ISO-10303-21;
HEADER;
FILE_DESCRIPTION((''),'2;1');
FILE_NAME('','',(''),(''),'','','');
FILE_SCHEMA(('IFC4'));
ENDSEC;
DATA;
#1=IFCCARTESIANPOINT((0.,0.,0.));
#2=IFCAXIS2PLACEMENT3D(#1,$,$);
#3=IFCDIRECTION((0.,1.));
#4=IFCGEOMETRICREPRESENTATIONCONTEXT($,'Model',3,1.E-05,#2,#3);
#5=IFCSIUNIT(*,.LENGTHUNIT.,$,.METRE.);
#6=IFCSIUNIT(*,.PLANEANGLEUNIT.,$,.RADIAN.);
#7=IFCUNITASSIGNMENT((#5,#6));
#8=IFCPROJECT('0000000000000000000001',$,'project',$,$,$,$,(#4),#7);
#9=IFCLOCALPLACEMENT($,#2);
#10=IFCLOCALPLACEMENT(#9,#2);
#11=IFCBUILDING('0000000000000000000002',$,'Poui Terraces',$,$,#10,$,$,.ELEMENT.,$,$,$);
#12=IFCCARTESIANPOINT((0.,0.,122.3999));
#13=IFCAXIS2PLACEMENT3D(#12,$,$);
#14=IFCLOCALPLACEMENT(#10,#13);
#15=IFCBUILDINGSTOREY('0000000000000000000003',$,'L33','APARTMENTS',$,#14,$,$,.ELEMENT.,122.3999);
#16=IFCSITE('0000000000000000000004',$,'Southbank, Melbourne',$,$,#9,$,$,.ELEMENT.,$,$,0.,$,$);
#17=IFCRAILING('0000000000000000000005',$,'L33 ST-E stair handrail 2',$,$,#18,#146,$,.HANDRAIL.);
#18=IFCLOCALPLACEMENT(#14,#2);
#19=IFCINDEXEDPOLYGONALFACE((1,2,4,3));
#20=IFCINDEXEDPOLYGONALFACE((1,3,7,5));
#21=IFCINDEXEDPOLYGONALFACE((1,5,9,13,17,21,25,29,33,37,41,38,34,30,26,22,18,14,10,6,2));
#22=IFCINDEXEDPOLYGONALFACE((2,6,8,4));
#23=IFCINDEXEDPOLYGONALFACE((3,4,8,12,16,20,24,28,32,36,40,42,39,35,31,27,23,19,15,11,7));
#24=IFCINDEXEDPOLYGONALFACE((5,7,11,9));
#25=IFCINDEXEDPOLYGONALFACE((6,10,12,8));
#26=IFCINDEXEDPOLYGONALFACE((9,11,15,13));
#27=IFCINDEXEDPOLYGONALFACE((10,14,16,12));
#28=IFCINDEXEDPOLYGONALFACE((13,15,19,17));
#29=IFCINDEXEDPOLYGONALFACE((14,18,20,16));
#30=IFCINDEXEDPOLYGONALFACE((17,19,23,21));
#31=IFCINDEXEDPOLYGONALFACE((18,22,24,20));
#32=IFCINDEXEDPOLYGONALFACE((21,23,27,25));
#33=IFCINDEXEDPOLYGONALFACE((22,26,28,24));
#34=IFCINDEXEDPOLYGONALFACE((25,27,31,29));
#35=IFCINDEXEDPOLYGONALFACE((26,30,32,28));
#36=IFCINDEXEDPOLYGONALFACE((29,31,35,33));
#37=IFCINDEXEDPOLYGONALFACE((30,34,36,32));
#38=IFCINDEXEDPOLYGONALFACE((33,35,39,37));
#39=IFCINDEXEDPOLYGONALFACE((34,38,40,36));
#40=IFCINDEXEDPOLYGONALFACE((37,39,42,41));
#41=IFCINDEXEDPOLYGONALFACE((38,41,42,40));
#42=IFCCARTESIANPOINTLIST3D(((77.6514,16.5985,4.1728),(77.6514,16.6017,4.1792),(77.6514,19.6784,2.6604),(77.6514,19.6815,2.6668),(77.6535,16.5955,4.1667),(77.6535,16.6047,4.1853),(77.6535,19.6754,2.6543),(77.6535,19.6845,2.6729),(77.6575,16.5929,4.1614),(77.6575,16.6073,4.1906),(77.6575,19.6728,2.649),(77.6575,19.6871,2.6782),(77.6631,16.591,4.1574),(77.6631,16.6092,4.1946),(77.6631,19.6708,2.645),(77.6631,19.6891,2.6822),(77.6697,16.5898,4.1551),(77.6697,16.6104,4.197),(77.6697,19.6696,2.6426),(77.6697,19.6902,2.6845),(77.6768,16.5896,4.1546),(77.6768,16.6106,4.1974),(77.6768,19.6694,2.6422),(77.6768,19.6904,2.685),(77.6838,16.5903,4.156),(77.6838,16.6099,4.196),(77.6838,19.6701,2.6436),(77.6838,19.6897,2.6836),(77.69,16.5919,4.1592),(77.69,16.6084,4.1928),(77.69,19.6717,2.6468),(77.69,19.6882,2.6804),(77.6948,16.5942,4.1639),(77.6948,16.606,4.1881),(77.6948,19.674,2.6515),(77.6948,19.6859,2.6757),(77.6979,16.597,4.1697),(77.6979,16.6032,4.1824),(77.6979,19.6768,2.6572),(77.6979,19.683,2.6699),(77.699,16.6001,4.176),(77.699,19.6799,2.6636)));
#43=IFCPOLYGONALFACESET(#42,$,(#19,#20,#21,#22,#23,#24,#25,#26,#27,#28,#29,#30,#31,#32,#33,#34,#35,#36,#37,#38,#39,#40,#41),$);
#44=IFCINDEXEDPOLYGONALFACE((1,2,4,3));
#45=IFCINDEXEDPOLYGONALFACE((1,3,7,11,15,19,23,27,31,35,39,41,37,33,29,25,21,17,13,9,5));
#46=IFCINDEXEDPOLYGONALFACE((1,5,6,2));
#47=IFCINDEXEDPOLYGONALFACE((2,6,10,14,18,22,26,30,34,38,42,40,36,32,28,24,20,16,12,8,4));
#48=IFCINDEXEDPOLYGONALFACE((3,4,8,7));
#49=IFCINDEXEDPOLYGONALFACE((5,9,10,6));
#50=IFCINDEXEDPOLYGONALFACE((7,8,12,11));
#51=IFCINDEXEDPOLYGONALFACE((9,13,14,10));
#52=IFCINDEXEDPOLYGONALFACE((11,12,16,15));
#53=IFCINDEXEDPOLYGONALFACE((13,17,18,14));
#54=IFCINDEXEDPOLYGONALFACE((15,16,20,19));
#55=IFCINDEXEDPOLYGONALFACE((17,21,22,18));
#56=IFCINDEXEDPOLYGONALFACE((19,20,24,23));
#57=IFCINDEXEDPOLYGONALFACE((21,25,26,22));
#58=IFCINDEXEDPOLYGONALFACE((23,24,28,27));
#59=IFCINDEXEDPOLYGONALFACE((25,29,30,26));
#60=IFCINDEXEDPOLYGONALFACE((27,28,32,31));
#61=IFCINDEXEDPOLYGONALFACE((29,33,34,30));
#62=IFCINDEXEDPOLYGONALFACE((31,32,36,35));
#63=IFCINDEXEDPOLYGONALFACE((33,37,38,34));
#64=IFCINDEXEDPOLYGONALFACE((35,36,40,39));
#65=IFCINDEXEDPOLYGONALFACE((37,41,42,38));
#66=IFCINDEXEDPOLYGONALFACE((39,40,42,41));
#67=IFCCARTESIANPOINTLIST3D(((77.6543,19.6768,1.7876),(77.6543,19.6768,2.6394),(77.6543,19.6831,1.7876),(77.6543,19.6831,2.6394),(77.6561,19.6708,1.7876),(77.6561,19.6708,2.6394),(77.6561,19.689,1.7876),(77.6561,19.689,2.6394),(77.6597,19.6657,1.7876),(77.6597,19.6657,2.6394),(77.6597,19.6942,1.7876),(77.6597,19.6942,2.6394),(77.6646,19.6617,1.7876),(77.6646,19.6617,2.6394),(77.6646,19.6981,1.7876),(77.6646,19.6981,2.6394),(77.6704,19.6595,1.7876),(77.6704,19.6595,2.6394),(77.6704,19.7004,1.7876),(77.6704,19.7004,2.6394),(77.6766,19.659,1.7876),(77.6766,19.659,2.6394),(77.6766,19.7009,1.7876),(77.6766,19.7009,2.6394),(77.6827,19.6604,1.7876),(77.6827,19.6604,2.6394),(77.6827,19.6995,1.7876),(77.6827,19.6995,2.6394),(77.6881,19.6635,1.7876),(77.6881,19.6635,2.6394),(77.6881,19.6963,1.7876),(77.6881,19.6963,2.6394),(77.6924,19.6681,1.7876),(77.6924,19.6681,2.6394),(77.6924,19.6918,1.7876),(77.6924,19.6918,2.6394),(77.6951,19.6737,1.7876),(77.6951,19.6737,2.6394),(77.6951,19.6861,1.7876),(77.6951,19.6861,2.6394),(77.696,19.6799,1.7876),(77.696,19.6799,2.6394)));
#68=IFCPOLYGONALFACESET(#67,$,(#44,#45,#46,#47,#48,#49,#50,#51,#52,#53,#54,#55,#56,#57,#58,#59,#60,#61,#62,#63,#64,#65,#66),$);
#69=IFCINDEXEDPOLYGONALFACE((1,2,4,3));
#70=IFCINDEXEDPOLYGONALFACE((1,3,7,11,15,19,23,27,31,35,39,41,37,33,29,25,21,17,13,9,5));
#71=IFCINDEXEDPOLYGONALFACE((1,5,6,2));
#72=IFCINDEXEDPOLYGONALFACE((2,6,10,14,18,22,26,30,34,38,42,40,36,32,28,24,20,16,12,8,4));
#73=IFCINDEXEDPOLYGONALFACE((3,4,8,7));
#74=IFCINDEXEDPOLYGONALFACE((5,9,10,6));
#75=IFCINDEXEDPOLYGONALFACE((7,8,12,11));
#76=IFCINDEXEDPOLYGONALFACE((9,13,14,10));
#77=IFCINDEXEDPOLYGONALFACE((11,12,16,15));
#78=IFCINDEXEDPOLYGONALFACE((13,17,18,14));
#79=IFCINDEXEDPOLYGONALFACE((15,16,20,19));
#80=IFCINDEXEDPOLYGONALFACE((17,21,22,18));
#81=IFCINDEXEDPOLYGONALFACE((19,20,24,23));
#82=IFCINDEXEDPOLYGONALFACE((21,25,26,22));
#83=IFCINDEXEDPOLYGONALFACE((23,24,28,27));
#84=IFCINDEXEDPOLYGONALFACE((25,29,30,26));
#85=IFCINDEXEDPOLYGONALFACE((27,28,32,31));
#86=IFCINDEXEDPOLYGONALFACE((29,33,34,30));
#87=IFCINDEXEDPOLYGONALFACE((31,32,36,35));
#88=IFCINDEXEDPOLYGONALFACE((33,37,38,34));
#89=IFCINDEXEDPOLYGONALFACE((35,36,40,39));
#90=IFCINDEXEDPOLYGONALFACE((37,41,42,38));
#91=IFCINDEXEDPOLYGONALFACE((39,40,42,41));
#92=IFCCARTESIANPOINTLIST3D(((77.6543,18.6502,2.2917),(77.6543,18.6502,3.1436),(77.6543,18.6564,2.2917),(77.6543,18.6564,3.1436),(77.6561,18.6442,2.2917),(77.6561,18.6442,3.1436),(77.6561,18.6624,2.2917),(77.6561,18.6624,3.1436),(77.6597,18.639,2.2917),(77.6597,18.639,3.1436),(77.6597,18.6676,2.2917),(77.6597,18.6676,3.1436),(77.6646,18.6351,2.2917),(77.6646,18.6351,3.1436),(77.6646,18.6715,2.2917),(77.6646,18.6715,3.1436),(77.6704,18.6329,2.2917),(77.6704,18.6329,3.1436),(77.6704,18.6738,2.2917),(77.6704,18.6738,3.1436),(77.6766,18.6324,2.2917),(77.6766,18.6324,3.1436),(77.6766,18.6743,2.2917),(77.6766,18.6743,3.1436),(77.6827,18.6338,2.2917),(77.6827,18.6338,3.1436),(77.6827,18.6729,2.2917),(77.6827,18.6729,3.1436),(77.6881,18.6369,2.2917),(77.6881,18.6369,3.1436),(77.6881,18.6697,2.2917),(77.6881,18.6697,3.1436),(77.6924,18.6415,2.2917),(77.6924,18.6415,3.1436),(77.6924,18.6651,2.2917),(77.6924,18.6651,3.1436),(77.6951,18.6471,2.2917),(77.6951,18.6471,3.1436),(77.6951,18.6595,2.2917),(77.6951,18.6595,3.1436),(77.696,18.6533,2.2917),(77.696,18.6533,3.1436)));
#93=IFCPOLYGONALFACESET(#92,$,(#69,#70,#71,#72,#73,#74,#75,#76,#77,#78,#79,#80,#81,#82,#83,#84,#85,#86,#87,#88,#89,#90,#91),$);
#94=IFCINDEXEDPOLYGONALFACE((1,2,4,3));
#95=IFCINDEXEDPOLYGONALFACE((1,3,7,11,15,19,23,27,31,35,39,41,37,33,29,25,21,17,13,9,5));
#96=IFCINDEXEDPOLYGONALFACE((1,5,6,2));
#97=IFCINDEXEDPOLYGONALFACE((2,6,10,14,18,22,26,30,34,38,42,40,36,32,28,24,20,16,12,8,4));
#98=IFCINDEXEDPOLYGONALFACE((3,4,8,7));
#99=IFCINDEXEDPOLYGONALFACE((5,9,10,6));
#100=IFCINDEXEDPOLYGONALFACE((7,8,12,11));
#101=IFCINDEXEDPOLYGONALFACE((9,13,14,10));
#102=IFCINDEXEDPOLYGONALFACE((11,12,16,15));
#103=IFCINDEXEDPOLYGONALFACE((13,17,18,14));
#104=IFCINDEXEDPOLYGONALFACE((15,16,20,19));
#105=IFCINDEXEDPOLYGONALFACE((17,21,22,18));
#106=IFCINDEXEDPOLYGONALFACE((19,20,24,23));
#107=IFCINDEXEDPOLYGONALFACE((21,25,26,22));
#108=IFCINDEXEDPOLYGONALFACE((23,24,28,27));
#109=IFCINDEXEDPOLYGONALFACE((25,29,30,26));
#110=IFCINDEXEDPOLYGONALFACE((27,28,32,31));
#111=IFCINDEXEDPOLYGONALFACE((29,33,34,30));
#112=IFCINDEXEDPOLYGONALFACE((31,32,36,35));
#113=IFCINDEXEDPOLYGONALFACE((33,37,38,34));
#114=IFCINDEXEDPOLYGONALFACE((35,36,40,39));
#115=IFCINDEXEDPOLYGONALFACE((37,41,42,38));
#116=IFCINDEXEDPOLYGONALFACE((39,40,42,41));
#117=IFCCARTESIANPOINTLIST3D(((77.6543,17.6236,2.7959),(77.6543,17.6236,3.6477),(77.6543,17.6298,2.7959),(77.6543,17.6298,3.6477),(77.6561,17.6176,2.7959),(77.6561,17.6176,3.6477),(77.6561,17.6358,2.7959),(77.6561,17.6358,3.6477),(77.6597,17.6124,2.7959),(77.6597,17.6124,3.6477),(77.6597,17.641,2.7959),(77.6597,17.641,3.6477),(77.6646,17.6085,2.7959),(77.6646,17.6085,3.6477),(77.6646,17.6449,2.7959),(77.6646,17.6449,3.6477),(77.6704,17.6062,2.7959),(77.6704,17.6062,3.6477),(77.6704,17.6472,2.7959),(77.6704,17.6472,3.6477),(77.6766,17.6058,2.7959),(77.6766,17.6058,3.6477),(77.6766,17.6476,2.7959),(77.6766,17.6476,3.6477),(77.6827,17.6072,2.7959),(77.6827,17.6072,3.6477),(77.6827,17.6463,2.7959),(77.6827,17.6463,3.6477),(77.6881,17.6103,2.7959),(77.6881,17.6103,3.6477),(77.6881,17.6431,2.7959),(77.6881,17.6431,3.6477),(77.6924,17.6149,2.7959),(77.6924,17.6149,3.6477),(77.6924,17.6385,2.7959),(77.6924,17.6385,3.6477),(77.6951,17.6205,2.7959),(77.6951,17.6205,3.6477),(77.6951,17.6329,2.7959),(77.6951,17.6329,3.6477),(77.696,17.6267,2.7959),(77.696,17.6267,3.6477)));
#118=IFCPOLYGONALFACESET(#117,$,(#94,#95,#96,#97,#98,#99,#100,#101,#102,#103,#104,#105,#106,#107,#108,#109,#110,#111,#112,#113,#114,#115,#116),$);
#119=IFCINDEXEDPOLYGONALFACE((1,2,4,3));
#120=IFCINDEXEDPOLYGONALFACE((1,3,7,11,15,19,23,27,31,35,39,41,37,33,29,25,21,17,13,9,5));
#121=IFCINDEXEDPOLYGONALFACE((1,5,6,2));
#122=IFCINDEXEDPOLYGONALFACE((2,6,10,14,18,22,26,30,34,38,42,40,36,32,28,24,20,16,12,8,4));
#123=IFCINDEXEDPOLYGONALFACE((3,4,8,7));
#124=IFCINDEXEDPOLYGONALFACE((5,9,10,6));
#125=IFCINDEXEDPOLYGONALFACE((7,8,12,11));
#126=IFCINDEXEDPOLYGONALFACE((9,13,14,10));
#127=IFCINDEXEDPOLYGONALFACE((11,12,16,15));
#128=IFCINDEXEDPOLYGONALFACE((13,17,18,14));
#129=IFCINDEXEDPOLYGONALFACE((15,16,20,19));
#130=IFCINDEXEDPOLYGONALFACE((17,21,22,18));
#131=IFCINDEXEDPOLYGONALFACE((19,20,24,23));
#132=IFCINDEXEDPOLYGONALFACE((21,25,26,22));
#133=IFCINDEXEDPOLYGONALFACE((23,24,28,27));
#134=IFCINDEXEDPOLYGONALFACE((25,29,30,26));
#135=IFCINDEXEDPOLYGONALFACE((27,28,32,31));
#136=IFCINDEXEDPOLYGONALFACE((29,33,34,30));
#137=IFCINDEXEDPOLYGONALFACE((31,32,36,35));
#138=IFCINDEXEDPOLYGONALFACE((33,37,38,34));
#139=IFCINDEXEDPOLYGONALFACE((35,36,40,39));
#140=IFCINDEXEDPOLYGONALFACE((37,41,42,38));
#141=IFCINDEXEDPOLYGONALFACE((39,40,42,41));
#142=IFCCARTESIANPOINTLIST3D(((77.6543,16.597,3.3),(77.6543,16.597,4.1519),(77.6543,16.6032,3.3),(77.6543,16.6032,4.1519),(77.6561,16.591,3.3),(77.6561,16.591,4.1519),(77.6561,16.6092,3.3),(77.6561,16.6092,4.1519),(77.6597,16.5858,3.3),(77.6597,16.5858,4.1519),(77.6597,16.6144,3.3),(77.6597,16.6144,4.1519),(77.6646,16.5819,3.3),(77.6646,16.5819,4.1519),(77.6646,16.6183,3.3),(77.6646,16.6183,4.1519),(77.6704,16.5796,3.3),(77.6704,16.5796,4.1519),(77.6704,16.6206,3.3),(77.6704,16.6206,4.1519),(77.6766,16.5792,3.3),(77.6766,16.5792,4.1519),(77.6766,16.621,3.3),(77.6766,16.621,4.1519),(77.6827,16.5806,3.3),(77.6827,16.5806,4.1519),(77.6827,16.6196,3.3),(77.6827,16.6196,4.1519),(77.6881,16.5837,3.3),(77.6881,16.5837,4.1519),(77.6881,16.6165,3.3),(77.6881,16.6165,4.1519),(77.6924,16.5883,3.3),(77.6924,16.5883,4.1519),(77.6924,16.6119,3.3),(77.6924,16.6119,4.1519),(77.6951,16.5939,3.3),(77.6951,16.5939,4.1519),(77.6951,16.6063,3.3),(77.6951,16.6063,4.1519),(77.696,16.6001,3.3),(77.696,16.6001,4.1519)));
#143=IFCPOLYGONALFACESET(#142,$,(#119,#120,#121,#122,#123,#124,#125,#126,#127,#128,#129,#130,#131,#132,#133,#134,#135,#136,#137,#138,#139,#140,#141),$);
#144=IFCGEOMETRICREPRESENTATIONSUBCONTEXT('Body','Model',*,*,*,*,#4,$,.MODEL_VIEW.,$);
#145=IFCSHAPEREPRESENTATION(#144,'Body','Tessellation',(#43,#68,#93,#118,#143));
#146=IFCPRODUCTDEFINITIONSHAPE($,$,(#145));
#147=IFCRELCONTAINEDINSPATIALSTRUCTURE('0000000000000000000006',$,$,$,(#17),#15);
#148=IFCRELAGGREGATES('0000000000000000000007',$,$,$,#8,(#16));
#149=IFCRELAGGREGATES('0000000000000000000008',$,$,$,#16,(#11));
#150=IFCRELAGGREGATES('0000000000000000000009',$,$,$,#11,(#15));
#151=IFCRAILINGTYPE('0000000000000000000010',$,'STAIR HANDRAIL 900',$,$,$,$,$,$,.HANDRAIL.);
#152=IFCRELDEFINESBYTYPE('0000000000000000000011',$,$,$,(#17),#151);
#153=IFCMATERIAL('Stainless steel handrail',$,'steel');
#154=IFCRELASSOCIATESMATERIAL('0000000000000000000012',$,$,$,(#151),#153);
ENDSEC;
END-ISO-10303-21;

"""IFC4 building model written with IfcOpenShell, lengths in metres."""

from ifc_helpers import new_model, si_unit, direction, frame, origin, origin_2d, place, context, subcontext, project, spatial, circle, extrude, material, type_object, element, save


model = new_model("IFC4")

# Units and contexts
model_context = context("Model", 3, precision=1e-05, world=origin(), true_north=direction((0.0, 1.0)))
body_context = subcontext(model_context, "Body", "Model", "MODEL_VIEW")
ifc_project = project(units=[si_unit("LENGTHUNIT", "METRE"), si_unit("PLANEANGLEUNIT", "RADIAN")], contexts=[model_context])

# Site, building, storey
site_placement = place(None, origin())
site = spatial("IfcSite", under=ifc_project, at=site_placement, Name="Southbank, Melbourne", CompositionType="ELEMENT", RefElevation=0.0)
building_placement = place(site_placement, origin())
building = spatial("IfcBuilding", under=site, at=building_placement, Name="Poui Terraces", CompositionType="ELEMENT")
storey_placement = place(building_placement, frame((0.0, 0.0, 122.3999)))
storey = spatial("IfcBuildingStorey", under=building, at=storey_placement, Name="L33", Description="APARTMENTS", CompositionType="ELEMENT", Elevation=122.3999)

# Railing
ifc_material_1 = material(Name="Stainless steel handrail", Category="steel")
railing_type_1 = type_object("IfcRailingType", Name="STAIR HANDRAIL 900", PredefinedType="HANDRAIL", material=ifc_material_1)
railing_1_placement = place(storey_placement, frame((77.675, 19.6799, 1.7876)))
element("IfcRailing", 1, at=railing_1_placement, inside=storey, type_object=railing_type_1, Name="L33 ST-E stair handrail 2", PredefinedType="HANDRAIL", context=body_context, shape_type="SweptSolid", body=[
    extrude(circle(Radius=0.0239, at=origin_2d()), frame((0.0, 0.0, 0.876), z_axis=(0.0, -0.897606, 0.440798), x_axis=(1.0, 0.0, 0.0)), (0.0, 0.0, 1.0), 3.4312),
    extrude(circle(Radius=0.021, at=origin_2d()), origin(), (0.0, 0.0, 1.0), 0.8518),
    extrude(circle(Radius=0.021, at=origin_2d()), frame((0.0, -1.0266, 0.5042)), (0.0, 0.0, 1.0), 0.8518),
    extrude(circle(Radius=0.021, at=origin_2d()), frame((0.0, -2.0532, 1.0083)), (0.0, 0.0, 1.0), 0.8518),
    extrude(circle(Radius=0.021, at=origin_2d()), frame((0.0, -3.0798, 1.5125)), (0.0, 0.0, 1.0), 0.8518),
])

save(model, "model.ifc")
